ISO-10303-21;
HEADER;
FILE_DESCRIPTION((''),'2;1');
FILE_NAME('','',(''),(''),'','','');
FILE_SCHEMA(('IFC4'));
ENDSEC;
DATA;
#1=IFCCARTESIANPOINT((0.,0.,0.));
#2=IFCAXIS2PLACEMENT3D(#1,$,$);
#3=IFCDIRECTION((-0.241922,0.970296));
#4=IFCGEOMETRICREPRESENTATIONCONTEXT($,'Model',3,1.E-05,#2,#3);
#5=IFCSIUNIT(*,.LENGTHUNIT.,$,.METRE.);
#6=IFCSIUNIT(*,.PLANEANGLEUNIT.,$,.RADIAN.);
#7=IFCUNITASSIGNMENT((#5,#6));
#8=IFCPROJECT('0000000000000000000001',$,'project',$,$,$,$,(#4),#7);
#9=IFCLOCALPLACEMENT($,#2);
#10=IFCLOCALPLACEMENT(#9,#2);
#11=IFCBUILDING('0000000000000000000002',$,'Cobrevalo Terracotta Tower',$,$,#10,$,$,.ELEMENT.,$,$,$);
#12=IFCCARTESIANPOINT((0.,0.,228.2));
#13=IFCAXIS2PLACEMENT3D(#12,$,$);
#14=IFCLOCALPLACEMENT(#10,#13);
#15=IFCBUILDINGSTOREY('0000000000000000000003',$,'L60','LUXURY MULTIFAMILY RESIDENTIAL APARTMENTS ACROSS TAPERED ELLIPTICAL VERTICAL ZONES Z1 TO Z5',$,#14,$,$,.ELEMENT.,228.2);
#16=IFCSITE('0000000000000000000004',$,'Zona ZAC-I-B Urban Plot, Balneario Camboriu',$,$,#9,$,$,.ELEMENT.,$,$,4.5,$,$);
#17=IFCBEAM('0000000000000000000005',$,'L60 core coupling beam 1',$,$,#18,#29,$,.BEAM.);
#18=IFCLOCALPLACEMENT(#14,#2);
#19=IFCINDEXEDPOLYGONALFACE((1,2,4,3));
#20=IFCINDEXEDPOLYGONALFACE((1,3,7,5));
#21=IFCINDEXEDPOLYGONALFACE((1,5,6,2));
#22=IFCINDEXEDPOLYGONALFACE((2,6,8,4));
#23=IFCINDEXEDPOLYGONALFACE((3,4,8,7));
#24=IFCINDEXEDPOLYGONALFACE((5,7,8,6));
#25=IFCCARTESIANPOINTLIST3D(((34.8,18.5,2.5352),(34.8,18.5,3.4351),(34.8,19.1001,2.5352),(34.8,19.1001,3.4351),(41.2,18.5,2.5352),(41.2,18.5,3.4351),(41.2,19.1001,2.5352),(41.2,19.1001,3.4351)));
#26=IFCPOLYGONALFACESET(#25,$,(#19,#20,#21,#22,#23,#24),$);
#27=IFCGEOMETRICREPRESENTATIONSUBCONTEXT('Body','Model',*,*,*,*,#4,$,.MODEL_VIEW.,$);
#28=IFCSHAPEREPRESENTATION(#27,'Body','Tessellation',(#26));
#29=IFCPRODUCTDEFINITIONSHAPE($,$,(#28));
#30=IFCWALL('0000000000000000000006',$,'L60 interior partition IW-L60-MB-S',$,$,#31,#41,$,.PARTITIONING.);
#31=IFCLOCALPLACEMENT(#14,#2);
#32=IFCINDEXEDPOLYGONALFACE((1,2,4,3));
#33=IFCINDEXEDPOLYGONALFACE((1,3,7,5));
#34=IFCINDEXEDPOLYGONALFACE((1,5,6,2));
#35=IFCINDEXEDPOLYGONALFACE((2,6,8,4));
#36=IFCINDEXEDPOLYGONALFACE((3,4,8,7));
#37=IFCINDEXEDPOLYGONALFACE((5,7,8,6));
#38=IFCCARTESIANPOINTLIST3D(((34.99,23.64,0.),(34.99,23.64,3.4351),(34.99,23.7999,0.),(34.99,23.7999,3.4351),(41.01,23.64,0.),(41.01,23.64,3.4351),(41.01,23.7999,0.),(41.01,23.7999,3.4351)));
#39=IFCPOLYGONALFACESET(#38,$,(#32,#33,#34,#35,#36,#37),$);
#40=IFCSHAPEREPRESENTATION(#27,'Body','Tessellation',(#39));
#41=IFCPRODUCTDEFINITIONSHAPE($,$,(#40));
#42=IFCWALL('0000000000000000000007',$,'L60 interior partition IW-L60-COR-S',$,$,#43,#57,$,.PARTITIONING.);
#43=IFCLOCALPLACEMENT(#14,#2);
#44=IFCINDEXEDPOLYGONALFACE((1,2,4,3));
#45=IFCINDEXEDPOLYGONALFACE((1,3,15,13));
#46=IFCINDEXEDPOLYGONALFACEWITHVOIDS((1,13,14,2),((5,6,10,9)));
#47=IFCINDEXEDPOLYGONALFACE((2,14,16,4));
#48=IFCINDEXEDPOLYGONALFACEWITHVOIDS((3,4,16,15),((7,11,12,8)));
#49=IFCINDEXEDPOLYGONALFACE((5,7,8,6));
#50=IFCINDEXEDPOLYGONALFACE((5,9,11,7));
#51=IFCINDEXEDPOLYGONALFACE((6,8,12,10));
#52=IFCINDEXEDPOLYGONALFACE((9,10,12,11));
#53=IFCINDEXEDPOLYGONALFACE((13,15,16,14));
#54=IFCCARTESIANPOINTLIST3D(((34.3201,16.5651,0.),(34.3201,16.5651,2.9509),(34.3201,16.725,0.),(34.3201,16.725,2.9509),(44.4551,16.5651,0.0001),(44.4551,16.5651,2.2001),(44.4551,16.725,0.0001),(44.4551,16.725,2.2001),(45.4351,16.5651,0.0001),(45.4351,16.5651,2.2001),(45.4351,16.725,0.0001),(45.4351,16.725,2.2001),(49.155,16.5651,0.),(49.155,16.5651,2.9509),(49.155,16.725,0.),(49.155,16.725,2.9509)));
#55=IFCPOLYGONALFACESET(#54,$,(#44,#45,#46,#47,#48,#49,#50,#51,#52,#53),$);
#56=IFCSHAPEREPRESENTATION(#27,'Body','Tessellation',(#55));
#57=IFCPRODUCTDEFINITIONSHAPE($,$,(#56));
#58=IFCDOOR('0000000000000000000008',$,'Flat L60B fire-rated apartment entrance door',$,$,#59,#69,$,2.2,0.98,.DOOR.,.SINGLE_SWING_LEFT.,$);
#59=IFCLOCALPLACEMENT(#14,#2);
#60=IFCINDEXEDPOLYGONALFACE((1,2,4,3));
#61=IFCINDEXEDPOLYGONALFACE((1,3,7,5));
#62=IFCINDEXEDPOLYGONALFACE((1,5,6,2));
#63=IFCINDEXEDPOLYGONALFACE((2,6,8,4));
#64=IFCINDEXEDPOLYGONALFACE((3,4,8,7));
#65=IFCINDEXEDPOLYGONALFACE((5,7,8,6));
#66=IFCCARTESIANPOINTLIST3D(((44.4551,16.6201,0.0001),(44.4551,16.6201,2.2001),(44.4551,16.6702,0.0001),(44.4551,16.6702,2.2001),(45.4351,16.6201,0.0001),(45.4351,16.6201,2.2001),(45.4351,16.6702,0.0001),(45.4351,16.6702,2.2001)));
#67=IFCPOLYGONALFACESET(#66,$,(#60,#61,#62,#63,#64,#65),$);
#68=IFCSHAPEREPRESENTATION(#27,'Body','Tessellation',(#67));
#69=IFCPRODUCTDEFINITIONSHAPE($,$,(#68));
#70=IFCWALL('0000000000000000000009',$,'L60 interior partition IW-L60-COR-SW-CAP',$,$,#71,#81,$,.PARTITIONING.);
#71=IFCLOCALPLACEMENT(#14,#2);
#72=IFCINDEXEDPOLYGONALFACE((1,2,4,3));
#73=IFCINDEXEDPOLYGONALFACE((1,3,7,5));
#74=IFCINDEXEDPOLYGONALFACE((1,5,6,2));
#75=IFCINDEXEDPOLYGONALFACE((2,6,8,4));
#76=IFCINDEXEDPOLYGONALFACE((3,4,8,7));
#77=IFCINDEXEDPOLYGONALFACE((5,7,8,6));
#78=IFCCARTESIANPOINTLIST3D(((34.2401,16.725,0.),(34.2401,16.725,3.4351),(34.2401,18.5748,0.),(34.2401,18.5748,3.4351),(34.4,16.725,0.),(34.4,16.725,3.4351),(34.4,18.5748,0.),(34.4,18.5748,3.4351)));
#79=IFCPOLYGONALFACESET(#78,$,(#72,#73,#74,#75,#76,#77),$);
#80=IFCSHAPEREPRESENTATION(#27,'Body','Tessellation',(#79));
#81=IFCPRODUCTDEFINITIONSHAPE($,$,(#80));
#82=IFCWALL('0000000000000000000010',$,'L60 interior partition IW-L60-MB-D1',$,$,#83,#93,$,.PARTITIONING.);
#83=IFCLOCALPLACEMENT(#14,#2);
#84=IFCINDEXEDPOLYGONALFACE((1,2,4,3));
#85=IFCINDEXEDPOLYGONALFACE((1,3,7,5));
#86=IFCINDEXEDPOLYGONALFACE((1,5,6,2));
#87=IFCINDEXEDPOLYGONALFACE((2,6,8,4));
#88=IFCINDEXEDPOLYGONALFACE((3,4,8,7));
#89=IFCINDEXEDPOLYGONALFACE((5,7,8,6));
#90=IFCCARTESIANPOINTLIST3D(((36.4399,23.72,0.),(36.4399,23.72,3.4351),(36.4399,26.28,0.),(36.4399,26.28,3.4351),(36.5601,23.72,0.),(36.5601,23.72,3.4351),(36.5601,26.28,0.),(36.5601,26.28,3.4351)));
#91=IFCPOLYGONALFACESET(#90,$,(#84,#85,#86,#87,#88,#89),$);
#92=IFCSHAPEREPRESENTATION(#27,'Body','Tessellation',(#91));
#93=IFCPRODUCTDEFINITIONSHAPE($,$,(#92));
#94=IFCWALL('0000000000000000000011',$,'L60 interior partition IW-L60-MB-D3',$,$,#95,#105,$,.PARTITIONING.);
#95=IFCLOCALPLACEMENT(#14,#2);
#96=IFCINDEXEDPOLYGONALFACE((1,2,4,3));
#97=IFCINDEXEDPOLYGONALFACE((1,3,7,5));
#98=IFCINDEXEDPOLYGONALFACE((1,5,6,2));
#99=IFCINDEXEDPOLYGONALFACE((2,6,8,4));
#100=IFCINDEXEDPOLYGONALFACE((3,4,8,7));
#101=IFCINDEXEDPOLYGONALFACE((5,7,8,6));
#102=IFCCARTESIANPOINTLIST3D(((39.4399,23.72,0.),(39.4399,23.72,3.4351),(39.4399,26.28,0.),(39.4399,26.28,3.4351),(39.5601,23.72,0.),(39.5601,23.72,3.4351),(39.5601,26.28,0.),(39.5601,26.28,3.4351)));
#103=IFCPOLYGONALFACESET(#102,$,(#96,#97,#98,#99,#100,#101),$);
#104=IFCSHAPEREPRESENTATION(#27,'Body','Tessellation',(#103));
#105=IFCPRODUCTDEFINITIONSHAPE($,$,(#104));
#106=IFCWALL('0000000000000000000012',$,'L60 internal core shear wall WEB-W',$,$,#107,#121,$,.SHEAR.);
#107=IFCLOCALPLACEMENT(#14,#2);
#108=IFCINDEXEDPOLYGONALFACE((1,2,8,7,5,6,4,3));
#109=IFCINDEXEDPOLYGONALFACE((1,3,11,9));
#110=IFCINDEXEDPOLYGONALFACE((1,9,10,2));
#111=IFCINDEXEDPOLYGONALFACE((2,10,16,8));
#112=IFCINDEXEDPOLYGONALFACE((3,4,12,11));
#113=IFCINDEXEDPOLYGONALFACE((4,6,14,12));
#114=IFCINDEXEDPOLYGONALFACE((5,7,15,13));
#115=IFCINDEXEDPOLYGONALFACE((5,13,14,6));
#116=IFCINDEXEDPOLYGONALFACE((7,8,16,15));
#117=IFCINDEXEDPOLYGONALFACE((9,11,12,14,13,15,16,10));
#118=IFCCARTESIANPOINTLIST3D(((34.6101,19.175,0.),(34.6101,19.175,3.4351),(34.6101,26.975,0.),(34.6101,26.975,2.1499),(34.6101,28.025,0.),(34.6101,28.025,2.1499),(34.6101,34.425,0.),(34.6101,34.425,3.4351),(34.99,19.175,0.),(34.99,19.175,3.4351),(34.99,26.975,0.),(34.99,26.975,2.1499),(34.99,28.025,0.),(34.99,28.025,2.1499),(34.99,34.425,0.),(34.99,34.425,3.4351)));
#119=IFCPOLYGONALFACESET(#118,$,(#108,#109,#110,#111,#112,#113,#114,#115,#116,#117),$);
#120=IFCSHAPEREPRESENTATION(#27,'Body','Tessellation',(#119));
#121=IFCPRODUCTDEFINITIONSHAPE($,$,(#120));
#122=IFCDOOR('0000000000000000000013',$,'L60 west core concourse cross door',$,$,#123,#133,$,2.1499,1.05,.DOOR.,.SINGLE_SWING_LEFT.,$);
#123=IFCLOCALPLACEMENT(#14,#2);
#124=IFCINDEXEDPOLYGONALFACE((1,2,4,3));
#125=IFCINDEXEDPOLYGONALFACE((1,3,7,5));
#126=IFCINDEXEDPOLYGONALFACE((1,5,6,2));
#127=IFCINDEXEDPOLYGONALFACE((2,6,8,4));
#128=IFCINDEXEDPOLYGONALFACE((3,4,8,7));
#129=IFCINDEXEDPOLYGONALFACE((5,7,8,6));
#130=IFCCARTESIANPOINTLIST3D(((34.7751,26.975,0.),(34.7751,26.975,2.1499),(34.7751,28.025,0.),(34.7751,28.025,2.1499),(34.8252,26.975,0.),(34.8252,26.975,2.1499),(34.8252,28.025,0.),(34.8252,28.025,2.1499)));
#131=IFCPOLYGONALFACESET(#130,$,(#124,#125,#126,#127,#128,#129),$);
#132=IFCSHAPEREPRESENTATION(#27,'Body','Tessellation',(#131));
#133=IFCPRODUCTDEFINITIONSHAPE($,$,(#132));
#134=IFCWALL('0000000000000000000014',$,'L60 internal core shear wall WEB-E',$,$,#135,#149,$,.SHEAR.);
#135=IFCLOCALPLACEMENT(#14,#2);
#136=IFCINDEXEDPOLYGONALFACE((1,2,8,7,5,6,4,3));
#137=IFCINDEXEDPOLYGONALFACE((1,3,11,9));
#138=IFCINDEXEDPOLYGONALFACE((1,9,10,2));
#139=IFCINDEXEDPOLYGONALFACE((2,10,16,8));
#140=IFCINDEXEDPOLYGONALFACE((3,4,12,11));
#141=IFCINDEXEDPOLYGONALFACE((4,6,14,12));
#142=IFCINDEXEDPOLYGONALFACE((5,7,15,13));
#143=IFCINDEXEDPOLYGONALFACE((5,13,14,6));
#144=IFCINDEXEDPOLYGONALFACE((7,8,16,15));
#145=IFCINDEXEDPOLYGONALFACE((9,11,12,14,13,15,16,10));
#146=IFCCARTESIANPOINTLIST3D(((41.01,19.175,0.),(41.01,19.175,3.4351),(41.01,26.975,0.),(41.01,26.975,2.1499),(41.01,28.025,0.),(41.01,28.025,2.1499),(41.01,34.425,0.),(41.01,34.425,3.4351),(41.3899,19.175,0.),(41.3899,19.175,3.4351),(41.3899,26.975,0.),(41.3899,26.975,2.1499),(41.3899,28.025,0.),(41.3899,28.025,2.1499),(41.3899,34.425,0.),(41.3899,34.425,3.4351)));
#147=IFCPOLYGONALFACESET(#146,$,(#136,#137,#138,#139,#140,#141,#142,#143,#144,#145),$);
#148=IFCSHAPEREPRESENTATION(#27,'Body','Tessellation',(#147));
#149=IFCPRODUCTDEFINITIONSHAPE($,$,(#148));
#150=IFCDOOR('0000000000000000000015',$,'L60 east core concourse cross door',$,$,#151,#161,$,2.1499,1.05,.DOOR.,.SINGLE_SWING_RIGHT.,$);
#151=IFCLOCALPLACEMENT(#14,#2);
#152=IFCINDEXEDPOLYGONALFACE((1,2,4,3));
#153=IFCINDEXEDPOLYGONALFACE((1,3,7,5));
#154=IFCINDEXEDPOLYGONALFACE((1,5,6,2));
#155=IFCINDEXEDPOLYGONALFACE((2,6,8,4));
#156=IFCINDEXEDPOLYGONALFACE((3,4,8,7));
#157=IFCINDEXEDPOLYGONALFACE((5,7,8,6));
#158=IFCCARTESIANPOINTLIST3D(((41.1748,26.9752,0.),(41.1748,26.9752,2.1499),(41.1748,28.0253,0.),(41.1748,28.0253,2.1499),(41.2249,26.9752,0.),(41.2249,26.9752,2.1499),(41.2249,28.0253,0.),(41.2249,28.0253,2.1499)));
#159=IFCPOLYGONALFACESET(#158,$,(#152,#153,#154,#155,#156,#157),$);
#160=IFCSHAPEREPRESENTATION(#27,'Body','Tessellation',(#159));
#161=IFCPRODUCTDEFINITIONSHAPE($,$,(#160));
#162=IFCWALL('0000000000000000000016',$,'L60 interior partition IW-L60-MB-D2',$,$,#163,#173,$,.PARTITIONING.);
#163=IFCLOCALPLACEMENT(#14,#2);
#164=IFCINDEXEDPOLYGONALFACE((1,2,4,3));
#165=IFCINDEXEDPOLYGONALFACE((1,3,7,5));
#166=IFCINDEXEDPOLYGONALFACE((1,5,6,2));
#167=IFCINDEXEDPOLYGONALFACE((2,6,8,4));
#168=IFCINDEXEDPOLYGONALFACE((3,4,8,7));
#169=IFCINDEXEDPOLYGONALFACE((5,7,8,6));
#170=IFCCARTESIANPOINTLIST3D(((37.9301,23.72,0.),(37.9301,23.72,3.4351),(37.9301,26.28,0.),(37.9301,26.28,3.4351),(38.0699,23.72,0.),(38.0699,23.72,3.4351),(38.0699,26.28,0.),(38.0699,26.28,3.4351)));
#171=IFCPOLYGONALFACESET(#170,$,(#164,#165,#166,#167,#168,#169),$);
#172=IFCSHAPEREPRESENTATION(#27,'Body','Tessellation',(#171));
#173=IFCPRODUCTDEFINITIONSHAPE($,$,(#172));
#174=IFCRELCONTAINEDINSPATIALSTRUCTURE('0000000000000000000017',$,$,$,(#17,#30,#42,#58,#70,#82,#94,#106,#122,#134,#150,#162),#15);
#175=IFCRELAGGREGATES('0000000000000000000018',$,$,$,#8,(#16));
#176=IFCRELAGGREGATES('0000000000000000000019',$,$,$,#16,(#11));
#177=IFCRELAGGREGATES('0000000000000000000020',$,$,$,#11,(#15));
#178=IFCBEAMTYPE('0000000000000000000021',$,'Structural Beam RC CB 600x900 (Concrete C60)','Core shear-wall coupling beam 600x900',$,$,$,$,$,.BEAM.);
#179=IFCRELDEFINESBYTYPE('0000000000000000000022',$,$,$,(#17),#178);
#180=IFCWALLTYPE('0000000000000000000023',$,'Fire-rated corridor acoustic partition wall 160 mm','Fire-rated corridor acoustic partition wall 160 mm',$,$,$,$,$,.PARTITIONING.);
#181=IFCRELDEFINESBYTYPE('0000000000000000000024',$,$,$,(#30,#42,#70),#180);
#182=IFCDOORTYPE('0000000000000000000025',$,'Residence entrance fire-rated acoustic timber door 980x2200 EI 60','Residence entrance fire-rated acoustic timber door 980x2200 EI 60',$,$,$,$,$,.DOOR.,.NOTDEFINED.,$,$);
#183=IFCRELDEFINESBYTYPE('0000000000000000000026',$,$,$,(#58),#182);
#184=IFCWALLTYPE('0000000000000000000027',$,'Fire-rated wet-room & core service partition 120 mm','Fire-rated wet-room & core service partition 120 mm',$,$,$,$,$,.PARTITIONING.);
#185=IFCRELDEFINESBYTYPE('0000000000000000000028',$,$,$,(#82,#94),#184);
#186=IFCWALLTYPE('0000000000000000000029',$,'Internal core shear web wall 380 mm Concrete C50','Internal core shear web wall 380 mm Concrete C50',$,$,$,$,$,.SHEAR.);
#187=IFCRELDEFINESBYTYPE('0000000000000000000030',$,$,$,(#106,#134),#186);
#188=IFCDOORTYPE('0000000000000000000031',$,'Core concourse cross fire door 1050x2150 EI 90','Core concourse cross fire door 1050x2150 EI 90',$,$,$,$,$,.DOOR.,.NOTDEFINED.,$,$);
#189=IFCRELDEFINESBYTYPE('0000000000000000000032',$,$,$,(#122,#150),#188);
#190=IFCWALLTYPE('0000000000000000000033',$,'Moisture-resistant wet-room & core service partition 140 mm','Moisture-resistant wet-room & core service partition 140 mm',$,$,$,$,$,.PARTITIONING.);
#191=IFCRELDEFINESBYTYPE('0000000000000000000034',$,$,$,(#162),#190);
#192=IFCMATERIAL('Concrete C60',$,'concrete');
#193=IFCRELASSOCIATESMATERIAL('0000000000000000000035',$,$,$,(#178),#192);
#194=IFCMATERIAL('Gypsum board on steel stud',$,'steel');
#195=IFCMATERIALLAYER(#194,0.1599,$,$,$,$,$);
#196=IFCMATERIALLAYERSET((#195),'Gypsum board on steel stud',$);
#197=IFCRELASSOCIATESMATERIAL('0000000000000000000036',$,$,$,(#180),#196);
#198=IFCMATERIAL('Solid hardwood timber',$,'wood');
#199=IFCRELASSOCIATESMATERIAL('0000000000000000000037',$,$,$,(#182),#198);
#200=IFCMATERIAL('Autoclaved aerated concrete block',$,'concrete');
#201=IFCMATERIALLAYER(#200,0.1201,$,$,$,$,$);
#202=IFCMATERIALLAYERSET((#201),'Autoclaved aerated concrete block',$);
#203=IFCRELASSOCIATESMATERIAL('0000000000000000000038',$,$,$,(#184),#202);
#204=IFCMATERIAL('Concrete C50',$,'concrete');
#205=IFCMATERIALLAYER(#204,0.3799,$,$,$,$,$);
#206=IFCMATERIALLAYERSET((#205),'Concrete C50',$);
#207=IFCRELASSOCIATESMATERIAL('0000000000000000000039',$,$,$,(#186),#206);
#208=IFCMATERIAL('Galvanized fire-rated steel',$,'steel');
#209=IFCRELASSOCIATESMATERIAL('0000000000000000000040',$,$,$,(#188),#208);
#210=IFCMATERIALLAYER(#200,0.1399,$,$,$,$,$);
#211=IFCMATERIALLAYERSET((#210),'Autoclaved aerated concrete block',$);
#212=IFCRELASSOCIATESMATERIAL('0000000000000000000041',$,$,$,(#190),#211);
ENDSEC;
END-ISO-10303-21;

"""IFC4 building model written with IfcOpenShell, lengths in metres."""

from ifc_helpers import new_model, si_unit, direction, frame, frame_2d, origin, origin_2d, place, context, subcontext, project, spatial, rectangle, extrude, source, transform, mapped, material, layer, layer_set, material_profile, profile_set, type_object, element, fill, save


model = new_model("IFC4")

# Units and contexts
model_context = context("Model", 3, precision=1e-05, world=origin(), true_north=direction((-0.241922, 0.970296)))
body_context = subcontext(model_context, "Body", "Model", "MODEL_VIEW")
ifc_project = project(units=[si_unit("LENGTHUNIT", "METRE"), si_unit("PLANEANGLEUNIT", "RADIAN")], contexts=[model_context])

# Site, building, storey
site_placement = place(None, origin())
site = spatial("IfcSite", under=ifc_project, at=site_placement, Name="Zona ZAC-I-B Urban Plot, Balneario Camboriu", CompositionType="ELEMENT", RefElevation=4.5)
building_placement = place(site_placement, origin())
building = spatial("IfcBuilding", under=site, at=building_placement, Name="Cobrevalo Terracotta Tower", CompositionType="ELEMENT")
storey_placement = place(building_placement, frame((0.0, 0.0, 228.2)))
storey = spatial("IfcBuildingStorey", under=building, at=storey_placement, Name="L60", Description="LUXURY MULTIFAMILY RESIDENTIAL APARTMENTS ACROSS TAPERED ELLIPTICAL VERTICAL ZONES Z1 TO Z5", CompositionType="ELEMENT", Elevation=228.2)

# Beam
ifc_material_1 = material(Name="Concrete C60", Category="concrete")
ifc_material_profile = material_profile(ifc_material_1, rectangle(XDim=0.6001, YDim=0.8999, at=origin_2d()), Name="RC CB 600x900")
ifc_profile_set = profile_set([ifc_material_profile], Name="Concrete C60")
beam_type = type_object("IfcBeamType", Name="Structural Beam RC CB 600x900 (Concrete C60)", Description="Core shear-wall coupling beam 600x900", PredefinedType="BEAM", material=ifc_profile_set)
beam_placement = place(storey_placement, frame((34.8, 18.8, 2.9851), z_axis=(1.0, 0.0, 0.0), x_axis=(0.0, 1.0, 0.0)))
element("IfcBeam", 1, at=beam_placement, inside=storey, type_object=beam_type, Name="L60 core coupling beam 1", PredefinedType="BEAM", context=body_context, shape_type="SweptSolid", body=[
    extrude(rectangle(XDim=0.6001, YDim=0.8999, at=origin_2d()), origin(), (0.0, 0.0, 1.0), 6.3999),
])

# Wall
ifc_material_2 = material(Name="Gypsum board on steel stud", Category="steel")
ifc_layer_1 = layer(ifc_material_2, 0.1599)
ifc_layer_set_1 = layer_set([ifc_layer_1], Name="Gypsum board on steel stud")
wall_type_1 = type_object("IfcWallType", Name="Fire-rated corridor acoustic partition wall 160 mm", Description="Fire-rated corridor acoustic partition wall 160 mm", PredefinedType="PARTITIONING", material=ifc_layer_set_1)
wall_1_placement = place(storey_placement, frame((34.99, 23.72, 0.0), z_axis=(0.0, 0.0, 1.0), x_axis=(1.0, 0.0, 0.0)))
element("IfcWall", 2, at=wall_1_placement, inside=storey, type_object=wall_type_1, Name="L60 interior partition IW-L60-MB-S", PredefinedType="PARTITIONING", context=body_context, shape_type="SweptSolid", body=[
    extrude(rectangle(XDim=6.02, YDim=0.1599, at=frame_2d((3.01, 0.0))), origin(), (0.0, 0.0, 1.0), 3.4351),
])

# Wall, opening, door
wall_2_placement = place(storey_placement, frame((34.3201, 16.645, 0.0), z_axis=(0.0, 0.0, 1.0), x_axis=(1.0, 0.0, 0.0)))
wall_2 = element("IfcWall", 3, at=wall_2_placement, inside=storey, type_object=wall_type_1, Name="L60 interior partition IW-L60-COR-S", PredefinedType="PARTITIONING", context=body_context, shape_type="SweptSolid", body=[
    extrude(rectangle(XDim=14.835, YDim=0.1599, at=frame_2d((7.4175, 0.0))), origin(), (0.0, 0.0, 1.0), 2.9509),
])
opening_1_placement = place(wall_2_placement, frame((10.135, 0.0, 0.0)))
opening_1 = element("IfcOpeningElement", 4, at=opening_1_placement, cuts=wall_2, PredefinedType="OPENING", context=body_context, shape_type="SweptSolid", body=[
    extrude(rectangle(XDim=0.98, YDim=2.2, at=frame_2d((0.49, 1.1001))), frame((0.0, 0.0898, 0.0), z_axis=(0.0, -1.0, 0.0), x_axis=(1.0, 0.0, 0.0)), (0.0, 0.0, 1.0), 0.1799),
])
ifc_material_3 = material(Name="Solid hardwood timber", Category="wood")
door_type_1 = type_object("IfcDoorType", Name="Residence entrance fire-rated acoustic timber door 980x2200 EI 60", Description="Residence entrance fire-rated acoustic timber door 980x2200 EI 60", OperationType="NOTDEFINED", PredefinedType="DOOR", material=ifc_material_3)
shared_shape_1 = source(origin(), body_context, "Body", "SweptSolid", [
    extrude(rectangle(XDim=0.98, YDim=2.2, at=frame_2d((0.49, 1.1001))), frame((0.0, 0.0249, 0.0), z_axis=(0.0, -1.0, 0.0), x_axis=(1.0, 0.0, 0.0)), (0.0, 0.0, 1.0), 0.05),
])
door_1_placement = place(opening_1_placement, frame((0.98, 0.0, 0.0), z_axis=(0.0, 0.0, 1.0), x_axis=(-1.0, 0.0, 0.0)))
door_1 = element("IfcDoor", 5, at=door_1_placement, inside=storey, type_object=door_type_1, Name="Flat L60B fire-rated apartment entrance door", OperationType="SINGLE_SWING_LEFT", OverallHeight=2.2, OverallWidth=0.98, PredefinedType="DOOR", context=body_context, shape_type="MappedRepresentation", body=[
    mapped(shared_shape_1, transform((0.0, 0.0, 0.0), scale=1.0)),
])
fill(opening_1, door_1)

# Walls
wall_3_placement = place(storey_placement, frame((34.3201, 16.7251, 0.0), z_axis=(0.0, 0.0, 1.0), x_axis=(0.0, 1.0, 0.0)))
element("IfcWall", 6, at=wall_3_placement, inside=storey, type_object=wall_type_1, Name="L60 interior partition IW-L60-COR-SW-CAP", PredefinedType="PARTITIONING", context=body_context, shape_type="SweptSolid", body=[
    extrude(rectangle(XDim=1.8499, YDim=0.1599, at=frame_2d((0.9248, 0.0))), origin(), (0.0, 0.0, 1.0), 3.4351),
])
ifc_material_4 = material(Name="Autoclaved aerated concrete block", Category="concrete")
ifc_layer_2 = layer(ifc_material_4, 0.1201)
ifc_layer_set_2 = layer_set([ifc_layer_2], Name="Autoclaved aerated concrete block")
wall_type_2 = type_object("IfcWallType", Name="Fire-rated wet-room & core service partition 120 mm", Description="Fire-rated wet-room & core service partition 120 mm", PredefinedType="PARTITIONING", material=ifc_layer_set_2)
for number, where, z_axis, x_axis, name in (
    (7, (36.5, 23.72, 0.0), (0.0, 0.0, 1.0), (0.0, 1.0, 0.0), "L60 interior partition IW-L60-MB-D1"),
    (8, (39.5, 23.72, 0.0), (0.0, 0.0, 1.0), (0.0, 1.0, 0.0), "L60 interior partition IW-L60-MB-D3"),
):
    element("IfcWall", number, at=place(storey_placement, frame(where, z_axis=z_axis, x_axis=x_axis)), inside=storey, type_object=wall_type_2, Name=name, PredefinedType="PARTITIONING", context=body_context, shape_type="SweptSolid", body=[
        extrude(rectangle(XDim=2.5601, YDim=0.1201, at=frame_2d((1.28, 0.0))), origin(), (0.0, 0.0, 1.0), 3.4351),
    ])

# Walls, openings, doors
ifc_material_5 = material(Name="Concrete C50", Category="concrete")
ifc_layer_3 = layer(ifc_material_5, 0.3799)
ifc_layer_set_3 = layer_set([ifc_layer_3], Name="Concrete C50")
wall_type_3 = type_object("IfcWallType", Name="Internal core shear web wall 380 mm Concrete C50", Description="Internal core shear web wall 380 mm Concrete C50", PredefinedType="SHEAR", material=ifc_layer_set_3)
wall_4_placement = place(storey_placement, frame((34.8, 19.175, 0.0), z_axis=(0.0, 0.0, 1.0), x_axis=(0.0, 1.0, 0.0)))
wall_4 = element("IfcWall", 9, at=wall_4_placement, inside=storey, type_object=wall_type_3, Name="L60 internal core shear wall WEB-W", PredefinedType="SHEAR", context=body_context, shape_type="SweptSolid", body=[
    extrude(rectangle(XDim=15.25, YDim=0.3799, at=frame_2d((7.625, 0.0))), origin(), (0.0, 0.0, 1.0), 3.4351),
])
opening_2_placement = place(wall_4_placement, frame((7.8, 0.0, 0.0)))
opening_2 = element("IfcOpeningElement", 10, at=opening_2_placement, cuts=wall_4, PredefinedType="OPENING", context=body_context, shape_type="SweptSolid", body=[
    extrude(rectangle(XDim=1.05, YDim=2.1499, at=frame_2d((0.5249, 1.075))), frame((0.0, 0.2, 0.0), z_axis=(0.0, -1.0, 0.0), x_axis=(1.0, 0.0, 0.0)), (0.0, 0.0, 1.0), 0.3999),
])
ifc_material_6 = material(Name="Galvanized fire-rated steel", Category="steel")
door_type_2 = type_object("IfcDoorType", Name="Core concourse cross fire door 1050x2150 EI 90", Description="Core concourse cross fire door 1050x2150 EI 90", OperationType="NOTDEFINED", PredefinedType="DOOR", material=ifc_material_6)
shared_shape_2 = source(origin(), body_context, "Body", "SweptSolid", [
    extrude(rectangle(XDim=1.05, YDim=2.1499, at=frame_2d((0.5249, 1.075))), frame((0.0, 0.0249, 0.0), z_axis=(0.0, -1.0, 0.0), x_axis=(1.0, 0.0, 0.0)), (0.0, 0.0, 1.0), 0.05),
])
door_2_placement = place(opening_2_placement, origin())
door_2 = element("IfcDoor", 11, at=door_2_placement, inside=storey, type_object=door_type_2, Name="L60 west core concourse cross door", OperationType="SINGLE_SWING_LEFT", OverallHeight=2.1499, OverallWidth=1.05, PredefinedType="DOOR", context=body_context, shape_type="MappedRepresentation", body=[
    mapped(shared_shape_2, transform((0.0, 0.0, 0.0), scale=1.0)),
])
fill(opening_2, door_2)
wall_5_placement = place(storey_placement, frame((41.2, 19.175, 0.0), z_axis=(0.0, 0.0, 1.0), x_axis=(0.0, 1.0, 0.0)))
wall_5 = element("IfcWall", 12, at=wall_5_placement, inside=storey, type_object=wall_type_3, Name="L60 internal core shear wall WEB-E", PredefinedType="SHEAR", context=body_context, shape_type="SweptSolid", body=[
    extrude(rectangle(XDim=15.25, YDim=0.3799, at=frame_2d((7.625, 0.0))), origin(), (0.0, 0.0, 1.0), 3.4351),
])
opening_3_placement = place(wall_5_placement, frame((7.8, 0.0, 0.0)))
opening_3 = element("IfcOpeningElement", 13, at=opening_3_placement, cuts=wall_5, PredefinedType="OPENING", context=body_context, shape_type="SweptSolid", body=[
    extrude(rectangle(XDim=1.05, YDim=2.1499, at=frame_2d((0.5249, 1.075))), frame((0.0, 0.2, 0.0), z_axis=(0.0, -1.0, 0.0), x_axis=(1.0, 0.0, 0.0)), (0.0, 0.0, 1.0), 0.3999),
])
door_3_placement = place(opening_3_placement, frame((1.05, 0.0, 0.0), z_axis=(0.0, 0.0, 1.0), x_axis=(-1.0, 0.0, 0.0)))
door_3 = element("IfcDoor", 14, at=door_3_placement, inside=storey, type_object=door_type_2, Name="L60 east core concourse cross door", OperationType="SINGLE_SWING_RIGHT", OverallHeight=2.1499, OverallWidth=1.05, PredefinedType="DOOR", context=body_context, shape_type="MappedRepresentation", body=[
    mapped(shared_shape_2, transform((0.0, 0.0, 0.0), scale=1.0)),
])
fill(opening_3, door_3)

# Wall
ifc_layer_4 = layer(ifc_material_4, 0.1399)
ifc_layer_set_4 = layer_set([ifc_layer_4], Name="Autoclaved aerated concrete block")
wall_type_4 = type_object("IfcWallType", Name="Moisture-resistant wet-room & core service partition 140 mm", Description="Moisture-resistant wet-room & core service partition 140 mm", PredefinedType="PARTITIONING", material=ifc_layer_set_4)
wall_6_placement = place(storey_placement, frame((38.0, 23.72, 0.0), z_axis=(0.0, 0.0, 1.0), x_axis=(0.0, 1.0, 0.0)))
element("IfcWall", 15, at=wall_6_placement, inside=storey, type_object=wall_type_4, Name="L60 interior partition IW-L60-MB-D2", PredefinedType="PARTITIONING", context=body_context, shape_type="SweptSolid", body=[
    extrude(rectangle(XDim=2.5601, YDim=0.1399, at=frame_2d((1.28, 0.0))), origin(), (0.0, 0.0, 1.0), 3.4351),
])

save(model, "model.ifc")
